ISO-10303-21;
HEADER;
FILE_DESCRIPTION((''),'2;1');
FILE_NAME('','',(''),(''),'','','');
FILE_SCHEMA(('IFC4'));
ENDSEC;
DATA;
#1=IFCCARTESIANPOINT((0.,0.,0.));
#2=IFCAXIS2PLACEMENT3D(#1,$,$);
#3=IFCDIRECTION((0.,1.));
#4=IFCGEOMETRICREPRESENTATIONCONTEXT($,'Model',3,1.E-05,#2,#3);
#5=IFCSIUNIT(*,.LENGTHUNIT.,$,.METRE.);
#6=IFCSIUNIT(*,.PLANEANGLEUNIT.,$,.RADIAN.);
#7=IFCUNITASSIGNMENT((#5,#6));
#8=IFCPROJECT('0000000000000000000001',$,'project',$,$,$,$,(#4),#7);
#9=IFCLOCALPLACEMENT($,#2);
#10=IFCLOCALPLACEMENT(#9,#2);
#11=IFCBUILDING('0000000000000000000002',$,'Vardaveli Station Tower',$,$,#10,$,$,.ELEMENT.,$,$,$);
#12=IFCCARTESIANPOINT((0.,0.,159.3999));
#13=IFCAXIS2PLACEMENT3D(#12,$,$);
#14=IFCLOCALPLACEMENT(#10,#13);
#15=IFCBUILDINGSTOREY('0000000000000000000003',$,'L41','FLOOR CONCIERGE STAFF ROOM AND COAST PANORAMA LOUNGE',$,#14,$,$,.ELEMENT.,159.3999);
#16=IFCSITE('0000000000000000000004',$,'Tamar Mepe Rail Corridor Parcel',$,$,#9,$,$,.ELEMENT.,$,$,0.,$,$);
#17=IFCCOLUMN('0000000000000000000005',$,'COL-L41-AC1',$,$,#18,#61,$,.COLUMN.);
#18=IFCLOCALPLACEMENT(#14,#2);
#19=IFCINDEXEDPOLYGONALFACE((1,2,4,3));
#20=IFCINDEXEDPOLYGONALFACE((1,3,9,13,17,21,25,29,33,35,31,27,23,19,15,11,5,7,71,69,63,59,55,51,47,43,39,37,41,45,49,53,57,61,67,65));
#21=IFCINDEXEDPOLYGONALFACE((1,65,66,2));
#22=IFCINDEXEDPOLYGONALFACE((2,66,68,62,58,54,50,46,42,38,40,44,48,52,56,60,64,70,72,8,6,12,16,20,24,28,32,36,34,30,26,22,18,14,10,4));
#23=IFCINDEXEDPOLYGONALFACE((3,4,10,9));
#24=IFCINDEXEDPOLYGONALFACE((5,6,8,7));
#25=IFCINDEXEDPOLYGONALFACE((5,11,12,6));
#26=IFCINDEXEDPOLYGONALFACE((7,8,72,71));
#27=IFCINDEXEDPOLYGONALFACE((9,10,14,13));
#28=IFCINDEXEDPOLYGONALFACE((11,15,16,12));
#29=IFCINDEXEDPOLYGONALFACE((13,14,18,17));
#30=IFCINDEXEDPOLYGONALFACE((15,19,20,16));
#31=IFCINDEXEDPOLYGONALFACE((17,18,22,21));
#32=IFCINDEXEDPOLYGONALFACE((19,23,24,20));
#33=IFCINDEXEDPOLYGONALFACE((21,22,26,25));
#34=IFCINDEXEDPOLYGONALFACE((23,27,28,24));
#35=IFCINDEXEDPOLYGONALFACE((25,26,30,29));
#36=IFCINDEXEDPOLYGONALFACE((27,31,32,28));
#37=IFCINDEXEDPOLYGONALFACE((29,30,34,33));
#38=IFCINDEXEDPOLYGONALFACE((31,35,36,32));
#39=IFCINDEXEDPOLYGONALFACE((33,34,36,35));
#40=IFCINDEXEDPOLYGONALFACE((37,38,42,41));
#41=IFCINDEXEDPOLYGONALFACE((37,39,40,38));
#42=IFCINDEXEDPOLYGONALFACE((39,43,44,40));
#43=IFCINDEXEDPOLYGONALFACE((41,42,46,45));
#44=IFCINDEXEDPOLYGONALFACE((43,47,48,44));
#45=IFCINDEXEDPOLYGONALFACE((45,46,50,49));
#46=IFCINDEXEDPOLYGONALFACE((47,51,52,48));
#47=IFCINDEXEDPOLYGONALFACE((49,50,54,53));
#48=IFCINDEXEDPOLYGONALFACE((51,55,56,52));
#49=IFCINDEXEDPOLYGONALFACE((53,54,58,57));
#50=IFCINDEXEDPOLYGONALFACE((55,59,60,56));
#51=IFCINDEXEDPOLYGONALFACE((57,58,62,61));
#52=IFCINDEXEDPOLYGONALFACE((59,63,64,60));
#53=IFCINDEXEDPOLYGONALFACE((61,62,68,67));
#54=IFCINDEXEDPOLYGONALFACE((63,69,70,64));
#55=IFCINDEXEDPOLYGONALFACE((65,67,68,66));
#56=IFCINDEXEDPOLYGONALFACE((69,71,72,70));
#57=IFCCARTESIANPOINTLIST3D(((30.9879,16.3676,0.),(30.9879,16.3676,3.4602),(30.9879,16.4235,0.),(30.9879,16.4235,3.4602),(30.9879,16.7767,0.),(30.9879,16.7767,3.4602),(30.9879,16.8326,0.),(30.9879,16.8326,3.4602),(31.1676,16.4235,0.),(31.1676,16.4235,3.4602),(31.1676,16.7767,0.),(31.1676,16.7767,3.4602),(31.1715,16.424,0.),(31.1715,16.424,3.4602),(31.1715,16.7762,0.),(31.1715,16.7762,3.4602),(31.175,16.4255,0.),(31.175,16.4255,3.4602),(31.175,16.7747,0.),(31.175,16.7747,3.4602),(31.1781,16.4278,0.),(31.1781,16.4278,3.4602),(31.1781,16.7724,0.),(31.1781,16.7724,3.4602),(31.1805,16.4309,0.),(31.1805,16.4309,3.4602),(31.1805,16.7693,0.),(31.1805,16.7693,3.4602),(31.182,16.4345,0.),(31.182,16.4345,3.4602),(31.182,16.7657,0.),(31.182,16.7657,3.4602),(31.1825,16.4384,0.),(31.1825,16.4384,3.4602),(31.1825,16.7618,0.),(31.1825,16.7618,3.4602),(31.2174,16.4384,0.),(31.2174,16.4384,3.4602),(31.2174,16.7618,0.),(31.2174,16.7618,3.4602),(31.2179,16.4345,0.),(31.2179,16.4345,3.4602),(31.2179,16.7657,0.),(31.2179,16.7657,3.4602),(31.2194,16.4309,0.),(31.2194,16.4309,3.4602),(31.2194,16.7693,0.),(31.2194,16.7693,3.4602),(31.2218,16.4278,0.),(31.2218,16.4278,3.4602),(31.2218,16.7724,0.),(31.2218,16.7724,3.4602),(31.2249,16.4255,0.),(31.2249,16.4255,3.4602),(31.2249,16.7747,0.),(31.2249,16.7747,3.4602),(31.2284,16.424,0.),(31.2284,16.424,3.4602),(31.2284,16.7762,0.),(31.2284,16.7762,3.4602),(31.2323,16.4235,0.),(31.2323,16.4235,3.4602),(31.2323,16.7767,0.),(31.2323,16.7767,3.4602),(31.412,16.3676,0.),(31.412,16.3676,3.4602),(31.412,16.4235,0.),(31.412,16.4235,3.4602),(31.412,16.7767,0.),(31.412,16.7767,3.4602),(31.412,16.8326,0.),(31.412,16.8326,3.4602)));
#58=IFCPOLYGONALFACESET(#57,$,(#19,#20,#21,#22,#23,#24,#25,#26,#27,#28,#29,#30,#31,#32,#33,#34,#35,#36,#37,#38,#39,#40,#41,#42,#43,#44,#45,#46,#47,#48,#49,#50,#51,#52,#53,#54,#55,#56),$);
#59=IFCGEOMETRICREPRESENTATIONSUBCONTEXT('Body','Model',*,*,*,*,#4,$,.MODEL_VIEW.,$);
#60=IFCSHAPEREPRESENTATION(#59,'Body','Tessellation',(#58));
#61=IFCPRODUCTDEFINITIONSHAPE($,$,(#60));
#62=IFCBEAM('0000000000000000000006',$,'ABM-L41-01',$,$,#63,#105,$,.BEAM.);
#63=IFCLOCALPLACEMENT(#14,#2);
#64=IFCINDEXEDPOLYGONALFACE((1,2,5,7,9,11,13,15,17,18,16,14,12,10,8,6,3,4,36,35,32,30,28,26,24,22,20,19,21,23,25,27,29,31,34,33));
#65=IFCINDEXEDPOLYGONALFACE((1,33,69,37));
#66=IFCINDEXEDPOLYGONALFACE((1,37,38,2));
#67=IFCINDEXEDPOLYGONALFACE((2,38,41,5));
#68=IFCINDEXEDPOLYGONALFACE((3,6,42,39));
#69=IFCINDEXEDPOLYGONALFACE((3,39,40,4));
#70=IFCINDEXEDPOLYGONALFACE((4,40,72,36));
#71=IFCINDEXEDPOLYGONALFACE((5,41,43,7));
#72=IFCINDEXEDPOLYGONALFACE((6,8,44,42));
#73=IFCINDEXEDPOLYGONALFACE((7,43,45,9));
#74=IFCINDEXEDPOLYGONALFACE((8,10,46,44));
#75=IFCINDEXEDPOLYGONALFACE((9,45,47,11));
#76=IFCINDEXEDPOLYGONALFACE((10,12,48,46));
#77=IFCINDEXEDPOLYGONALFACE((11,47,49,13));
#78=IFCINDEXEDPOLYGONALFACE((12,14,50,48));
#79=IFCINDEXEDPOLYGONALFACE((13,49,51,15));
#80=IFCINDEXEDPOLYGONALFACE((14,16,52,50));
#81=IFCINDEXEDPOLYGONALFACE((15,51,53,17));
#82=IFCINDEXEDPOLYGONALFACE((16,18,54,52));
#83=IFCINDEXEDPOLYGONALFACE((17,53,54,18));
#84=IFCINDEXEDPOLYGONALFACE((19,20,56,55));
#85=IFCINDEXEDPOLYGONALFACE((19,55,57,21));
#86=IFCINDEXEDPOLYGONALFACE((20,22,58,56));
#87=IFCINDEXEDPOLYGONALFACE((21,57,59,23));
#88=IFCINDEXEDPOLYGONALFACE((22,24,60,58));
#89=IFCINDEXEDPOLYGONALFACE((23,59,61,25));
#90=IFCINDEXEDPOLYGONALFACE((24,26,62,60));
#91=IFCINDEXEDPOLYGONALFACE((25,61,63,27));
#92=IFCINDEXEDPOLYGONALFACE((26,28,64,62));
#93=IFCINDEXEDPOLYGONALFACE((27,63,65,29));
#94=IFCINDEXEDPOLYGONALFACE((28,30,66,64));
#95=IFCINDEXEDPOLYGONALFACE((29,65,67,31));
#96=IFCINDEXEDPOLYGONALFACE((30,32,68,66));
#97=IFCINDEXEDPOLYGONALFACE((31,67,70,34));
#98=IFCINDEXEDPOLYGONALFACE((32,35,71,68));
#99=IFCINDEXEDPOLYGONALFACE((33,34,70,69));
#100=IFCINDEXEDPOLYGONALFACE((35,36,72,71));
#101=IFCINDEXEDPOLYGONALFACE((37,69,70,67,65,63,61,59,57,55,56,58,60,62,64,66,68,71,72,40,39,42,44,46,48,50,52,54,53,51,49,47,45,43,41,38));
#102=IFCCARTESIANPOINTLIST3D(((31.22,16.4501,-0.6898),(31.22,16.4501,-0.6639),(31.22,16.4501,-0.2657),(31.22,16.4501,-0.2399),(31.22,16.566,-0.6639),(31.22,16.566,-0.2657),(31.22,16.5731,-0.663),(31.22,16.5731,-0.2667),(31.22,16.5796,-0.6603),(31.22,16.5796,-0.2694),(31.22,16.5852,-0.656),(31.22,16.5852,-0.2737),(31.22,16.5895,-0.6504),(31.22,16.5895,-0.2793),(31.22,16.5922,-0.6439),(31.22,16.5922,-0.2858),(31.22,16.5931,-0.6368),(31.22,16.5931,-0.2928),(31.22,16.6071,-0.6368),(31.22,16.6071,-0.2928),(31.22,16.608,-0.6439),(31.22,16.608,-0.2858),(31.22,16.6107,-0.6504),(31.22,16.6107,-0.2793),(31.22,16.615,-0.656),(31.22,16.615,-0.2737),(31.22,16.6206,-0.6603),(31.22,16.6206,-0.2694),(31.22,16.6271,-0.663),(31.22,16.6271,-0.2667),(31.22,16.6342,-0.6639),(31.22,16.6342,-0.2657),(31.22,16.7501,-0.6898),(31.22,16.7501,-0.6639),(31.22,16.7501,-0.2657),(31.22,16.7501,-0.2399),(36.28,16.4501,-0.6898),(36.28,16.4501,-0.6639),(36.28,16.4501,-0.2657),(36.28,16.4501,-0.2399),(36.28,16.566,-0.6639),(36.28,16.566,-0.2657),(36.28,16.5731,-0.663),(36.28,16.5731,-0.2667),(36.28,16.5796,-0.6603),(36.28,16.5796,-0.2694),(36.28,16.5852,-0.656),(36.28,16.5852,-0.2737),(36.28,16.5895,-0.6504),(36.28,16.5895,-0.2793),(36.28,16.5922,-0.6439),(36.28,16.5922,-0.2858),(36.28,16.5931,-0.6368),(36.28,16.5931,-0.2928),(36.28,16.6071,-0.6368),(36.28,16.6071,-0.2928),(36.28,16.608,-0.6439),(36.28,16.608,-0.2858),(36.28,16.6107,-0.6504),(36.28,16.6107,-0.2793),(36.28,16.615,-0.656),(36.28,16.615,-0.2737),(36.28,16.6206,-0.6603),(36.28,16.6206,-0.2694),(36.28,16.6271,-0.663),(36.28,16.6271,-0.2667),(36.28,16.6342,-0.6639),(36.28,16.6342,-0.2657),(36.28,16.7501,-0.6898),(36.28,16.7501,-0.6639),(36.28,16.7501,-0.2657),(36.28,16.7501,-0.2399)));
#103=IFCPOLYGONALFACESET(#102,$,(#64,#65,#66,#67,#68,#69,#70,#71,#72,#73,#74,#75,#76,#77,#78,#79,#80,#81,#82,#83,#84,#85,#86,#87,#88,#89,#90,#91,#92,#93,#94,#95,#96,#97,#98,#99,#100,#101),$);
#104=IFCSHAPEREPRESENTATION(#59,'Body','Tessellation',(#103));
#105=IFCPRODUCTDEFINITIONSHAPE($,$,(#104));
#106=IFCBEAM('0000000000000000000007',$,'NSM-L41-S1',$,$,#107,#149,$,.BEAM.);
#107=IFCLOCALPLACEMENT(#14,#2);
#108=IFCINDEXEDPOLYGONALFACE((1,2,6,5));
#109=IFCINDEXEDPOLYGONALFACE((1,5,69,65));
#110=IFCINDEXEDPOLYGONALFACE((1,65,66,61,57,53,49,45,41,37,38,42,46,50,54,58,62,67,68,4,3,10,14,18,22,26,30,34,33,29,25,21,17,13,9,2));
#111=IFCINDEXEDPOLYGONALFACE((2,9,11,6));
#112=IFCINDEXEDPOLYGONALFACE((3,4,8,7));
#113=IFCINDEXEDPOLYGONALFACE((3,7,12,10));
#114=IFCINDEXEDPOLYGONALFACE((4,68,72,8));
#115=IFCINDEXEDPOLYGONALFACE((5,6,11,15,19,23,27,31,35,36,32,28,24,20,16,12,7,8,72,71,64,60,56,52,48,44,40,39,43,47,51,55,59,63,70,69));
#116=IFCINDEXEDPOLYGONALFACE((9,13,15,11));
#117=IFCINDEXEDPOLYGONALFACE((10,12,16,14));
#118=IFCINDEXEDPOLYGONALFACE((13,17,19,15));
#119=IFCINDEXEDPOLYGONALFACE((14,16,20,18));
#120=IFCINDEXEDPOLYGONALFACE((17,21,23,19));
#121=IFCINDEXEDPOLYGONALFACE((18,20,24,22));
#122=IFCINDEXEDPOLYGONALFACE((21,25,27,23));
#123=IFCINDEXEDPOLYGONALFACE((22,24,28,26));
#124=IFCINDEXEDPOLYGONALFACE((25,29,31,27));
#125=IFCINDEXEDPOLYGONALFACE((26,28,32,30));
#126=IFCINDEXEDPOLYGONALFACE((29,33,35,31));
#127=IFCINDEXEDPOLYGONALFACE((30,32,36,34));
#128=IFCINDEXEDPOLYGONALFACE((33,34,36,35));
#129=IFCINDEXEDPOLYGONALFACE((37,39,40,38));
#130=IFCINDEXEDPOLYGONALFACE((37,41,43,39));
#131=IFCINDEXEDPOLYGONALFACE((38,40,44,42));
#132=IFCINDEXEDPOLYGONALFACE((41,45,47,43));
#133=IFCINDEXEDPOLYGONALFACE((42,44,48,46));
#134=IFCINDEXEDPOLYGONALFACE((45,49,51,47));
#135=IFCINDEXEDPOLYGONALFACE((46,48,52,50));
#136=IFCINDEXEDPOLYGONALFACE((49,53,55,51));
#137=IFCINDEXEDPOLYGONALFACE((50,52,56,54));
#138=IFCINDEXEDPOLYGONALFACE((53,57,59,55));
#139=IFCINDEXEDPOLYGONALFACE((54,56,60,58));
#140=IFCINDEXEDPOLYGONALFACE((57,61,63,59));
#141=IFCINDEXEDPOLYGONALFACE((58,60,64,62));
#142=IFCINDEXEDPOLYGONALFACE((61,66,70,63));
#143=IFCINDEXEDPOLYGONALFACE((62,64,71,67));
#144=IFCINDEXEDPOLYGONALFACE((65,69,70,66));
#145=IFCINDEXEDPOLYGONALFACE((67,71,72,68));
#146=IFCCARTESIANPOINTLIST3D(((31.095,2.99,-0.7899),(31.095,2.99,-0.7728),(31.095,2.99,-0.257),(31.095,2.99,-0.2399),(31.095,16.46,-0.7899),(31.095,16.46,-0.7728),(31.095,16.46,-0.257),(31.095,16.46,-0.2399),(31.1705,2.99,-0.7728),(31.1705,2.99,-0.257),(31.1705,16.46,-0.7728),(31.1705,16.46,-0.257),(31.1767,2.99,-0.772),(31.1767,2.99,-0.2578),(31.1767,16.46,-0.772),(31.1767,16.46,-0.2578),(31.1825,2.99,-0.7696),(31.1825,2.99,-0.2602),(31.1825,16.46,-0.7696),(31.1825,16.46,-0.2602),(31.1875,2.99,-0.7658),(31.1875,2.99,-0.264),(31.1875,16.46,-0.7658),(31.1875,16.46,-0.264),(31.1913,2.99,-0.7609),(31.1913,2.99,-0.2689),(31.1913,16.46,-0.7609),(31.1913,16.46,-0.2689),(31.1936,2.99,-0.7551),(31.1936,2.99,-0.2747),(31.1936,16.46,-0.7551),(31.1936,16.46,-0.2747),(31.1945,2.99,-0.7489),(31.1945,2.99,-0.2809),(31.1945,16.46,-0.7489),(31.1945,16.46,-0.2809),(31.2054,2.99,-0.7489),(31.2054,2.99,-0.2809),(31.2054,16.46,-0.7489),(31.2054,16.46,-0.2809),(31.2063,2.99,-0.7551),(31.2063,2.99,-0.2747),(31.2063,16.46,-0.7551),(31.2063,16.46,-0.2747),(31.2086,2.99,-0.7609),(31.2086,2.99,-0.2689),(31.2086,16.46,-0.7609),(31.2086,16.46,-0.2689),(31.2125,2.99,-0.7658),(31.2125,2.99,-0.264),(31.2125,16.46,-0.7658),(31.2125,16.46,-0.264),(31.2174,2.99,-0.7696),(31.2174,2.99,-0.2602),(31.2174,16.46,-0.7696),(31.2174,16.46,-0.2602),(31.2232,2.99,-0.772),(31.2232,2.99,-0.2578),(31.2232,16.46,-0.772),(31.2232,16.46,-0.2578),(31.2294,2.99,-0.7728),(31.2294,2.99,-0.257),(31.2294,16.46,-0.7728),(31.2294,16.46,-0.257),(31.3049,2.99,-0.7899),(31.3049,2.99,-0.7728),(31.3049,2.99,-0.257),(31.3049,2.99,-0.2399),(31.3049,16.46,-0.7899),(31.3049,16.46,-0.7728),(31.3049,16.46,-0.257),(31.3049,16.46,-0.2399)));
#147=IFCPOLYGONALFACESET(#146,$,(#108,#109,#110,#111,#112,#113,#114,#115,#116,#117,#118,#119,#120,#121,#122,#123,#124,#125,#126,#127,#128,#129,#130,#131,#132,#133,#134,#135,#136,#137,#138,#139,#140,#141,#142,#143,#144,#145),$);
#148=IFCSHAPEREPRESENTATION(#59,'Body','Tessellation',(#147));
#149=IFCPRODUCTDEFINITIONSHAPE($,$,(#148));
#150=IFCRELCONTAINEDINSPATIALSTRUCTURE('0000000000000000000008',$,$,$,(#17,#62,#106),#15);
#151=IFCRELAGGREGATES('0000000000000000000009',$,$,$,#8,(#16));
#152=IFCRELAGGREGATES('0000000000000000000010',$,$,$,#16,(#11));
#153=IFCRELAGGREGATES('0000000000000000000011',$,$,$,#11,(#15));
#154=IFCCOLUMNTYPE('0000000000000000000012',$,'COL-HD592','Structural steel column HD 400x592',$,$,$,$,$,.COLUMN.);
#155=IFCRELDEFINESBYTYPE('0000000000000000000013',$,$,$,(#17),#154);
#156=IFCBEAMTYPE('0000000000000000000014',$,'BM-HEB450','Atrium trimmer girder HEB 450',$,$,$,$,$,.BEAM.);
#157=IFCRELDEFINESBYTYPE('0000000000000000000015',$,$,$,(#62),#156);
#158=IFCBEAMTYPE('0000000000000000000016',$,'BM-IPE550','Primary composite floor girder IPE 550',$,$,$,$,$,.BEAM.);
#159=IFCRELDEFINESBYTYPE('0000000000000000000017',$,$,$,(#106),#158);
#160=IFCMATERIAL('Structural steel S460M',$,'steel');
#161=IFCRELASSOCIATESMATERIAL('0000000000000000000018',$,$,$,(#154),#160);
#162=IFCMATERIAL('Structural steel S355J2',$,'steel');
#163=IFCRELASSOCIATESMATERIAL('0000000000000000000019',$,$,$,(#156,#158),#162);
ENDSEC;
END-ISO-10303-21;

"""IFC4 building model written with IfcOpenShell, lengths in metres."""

from ifc_helpers import new_model, si_unit, direction, frame, origin, origin_2d, place, context, subcontext, project, spatial, i_section, extrude, source, transform, mapped, material, material_profile, profile_set, type_object, element, save


model = new_model("IFC4")

# Units and contexts
model_context = context("Model", 3, precision=1e-05, world=origin(), true_north=direction((0.0, 1.0)))
body_context = subcontext(model_context, "Body", "Model", "MODEL_VIEW")
ifc_project = project(units=[si_unit("LENGTHUNIT", "METRE"), si_unit("PLANEANGLEUNIT", "RADIAN")], contexts=[model_context])

# Site, building, storey
site_placement = place(None, origin())
site = spatial("IfcSite", under=ifc_project, at=site_placement, Name="Tamar Mepe Rail Corridor Parcel", CompositionType="ELEMENT", RefElevation=0.0)
building_placement = place(site_placement, origin())
building = spatial("IfcBuilding", under=site, at=building_placement, Name="Vardaveli Station Tower", CompositionType="ELEMENT")
storey_placement = place(building_placement, frame((0.0, 0.0, 159.3999)))
storey = spatial("IfcBuildingStorey", under=building, at=storey_placement, Name="L41", Description="FLOOR CONCIERGE STAFF ROOM AND COAST PANORAMA LOUNGE", CompositionType="ELEMENT", Elevation=159.3999)

# Column
ifc_material_1 = material(Name="Structural steel S460M", Category="steel")
ifc_material_profile_1 = material_profile(ifc_material_1, i_section(OverallWidth=0.4241, OverallDepth=0.4651, WebThickness=0.0349, FlangeThickness=0.0559, FilletRadius=0.0149, at=origin_2d()), Name="HD 400x592")
ifc_profile_set_1 = profile_set([ifc_material_profile_1], Name="Structural steel S460M")
column_type = type_object("IfcColumnType", Name="COL-HD592", Description="Structural steel column HD 400x592", PredefinedType="COLUMN", material=ifc_profile_set_1)
shared_shape_1 = source(origin(), body_context, "Body", "SweptSolid", [
    extrude(i_section(OverallWidth=0.4241, OverallDepth=0.4651, WebThickness=0.0349, FlangeThickness=0.0559, FilletRadius=0.0149, at=origin_2d()), origin(), (0.0, 0.0, 1.0), 3.4602),
])
column_placement = place(storey_placement, frame((31.2, 16.6001, 0.0), z_axis=(0.0, 0.0, 1.0), x_axis=(1.0, 0.0, 0.0)))
element("IfcColumn", 1, at=column_placement, inside=storey, type_object=column_type, Name="COL-L41-AC1", PredefinedType="COLUMN", context=body_context, shape_type="MappedRepresentation", body=[
    mapped(shared_shape_1, transform((0.0, 0.0, 0.0), scale=1.0)),
])

# Beams
ifc_material_2 = material(Name="Structural steel S355J2", Category="steel")
ifc_material_profile_2 = material_profile(ifc_material_2, i_section(OverallWidth=0.3, OverallDepth=0.45, WebThickness=0.0139, FlangeThickness=0.0259, FilletRadius=0.0271, at=origin_2d()), Name="HEB 450")
ifc_profile_set_2 = profile_set([ifc_material_profile_2], Name="Structural steel S355J2")
beam_type_1 = type_object("IfcBeamType", Name="BM-HEB450", Description="Atrium trimmer girder HEB 450", PredefinedType="BEAM", material=ifc_profile_set_2)
shared_shape_2 = source(origin(), body_context, "Body", "SweptSolid", [
    extrude(i_section(OverallWidth=0.3, OverallDepth=0.45, WebThickness=0.0139, FlangeThickness=0.0259, FilletRadius=0.0271, at=origin_2d()), origin(), (0.0, 0.0, 1.0), 5.0601),
])
beam_1_placement = place(storey_placement, frame((31.22, 16.6001, -0.4648), z_axis=(1.0, 0.0, 0.0), x_axis=(0.0, 1.0, 0.0)))
element("IfcBeam", 2, at=beam_1_placement, inside=storey, type_object=beam_type_1, Name="ABM-L41-01", PredefinedType="BEAM", context=body_context, shape_type="MappedRepresentation", body=[
    mapped(shared_shape_2, transform((0.0, 0.0, 0.0), scale=1.0)),
])
ifc_material_profile_3 = material_profile(ifc_material_2, i_section(OverallWidth=0.21, OverallDepth=0.55, WebThickness=0.011, FlangeThickness=0.0171, FilletRadius=0.0239, at=origin_2d()), Name="IPE 550")
ifc_profile_set_3 = profile_set([ifc_material_profile_3], Name="Structural steel S355J2")
beam_type_2 = type_object("IfcBeamType", Name="BM-IPE550", Description="Primary composite floor girder IPE 550", PredefinedType="BEAM", material=ifc_profile_set_3)
shared_shape_3 = source(origin(), body_context, "Body", "SweptSolid", [
    extrude(i_section(OverallWidth=0.21, OverallDepth=0.55, WebThickness=0.011, FlangeThickness=0.0171, FilletRadius=0.0239, at=origin_2d()), origin(), (0.0, 0.0, 1.0), 13.47),
])
beam_2_placement = place(storey_placement, frame((31.2, 2.99, -0.5149), z_axis=(0.0, 1.0, 0.0), x_axis=(-1.0, 0.0, 0.0)))
element("IfcBeam", 3, at=beam_2_placement, inside=storey, type_object=beam_type_2, Name="NSM-L41-S1", PredefinedType="BEAM", context=body_context, shape_type="MappedRepresentation", body=[
    mapped(shared_shape_3, transform((0.0, 0.0, 0.0), scale=1.0)),
])

save(model, "model.ifc")
